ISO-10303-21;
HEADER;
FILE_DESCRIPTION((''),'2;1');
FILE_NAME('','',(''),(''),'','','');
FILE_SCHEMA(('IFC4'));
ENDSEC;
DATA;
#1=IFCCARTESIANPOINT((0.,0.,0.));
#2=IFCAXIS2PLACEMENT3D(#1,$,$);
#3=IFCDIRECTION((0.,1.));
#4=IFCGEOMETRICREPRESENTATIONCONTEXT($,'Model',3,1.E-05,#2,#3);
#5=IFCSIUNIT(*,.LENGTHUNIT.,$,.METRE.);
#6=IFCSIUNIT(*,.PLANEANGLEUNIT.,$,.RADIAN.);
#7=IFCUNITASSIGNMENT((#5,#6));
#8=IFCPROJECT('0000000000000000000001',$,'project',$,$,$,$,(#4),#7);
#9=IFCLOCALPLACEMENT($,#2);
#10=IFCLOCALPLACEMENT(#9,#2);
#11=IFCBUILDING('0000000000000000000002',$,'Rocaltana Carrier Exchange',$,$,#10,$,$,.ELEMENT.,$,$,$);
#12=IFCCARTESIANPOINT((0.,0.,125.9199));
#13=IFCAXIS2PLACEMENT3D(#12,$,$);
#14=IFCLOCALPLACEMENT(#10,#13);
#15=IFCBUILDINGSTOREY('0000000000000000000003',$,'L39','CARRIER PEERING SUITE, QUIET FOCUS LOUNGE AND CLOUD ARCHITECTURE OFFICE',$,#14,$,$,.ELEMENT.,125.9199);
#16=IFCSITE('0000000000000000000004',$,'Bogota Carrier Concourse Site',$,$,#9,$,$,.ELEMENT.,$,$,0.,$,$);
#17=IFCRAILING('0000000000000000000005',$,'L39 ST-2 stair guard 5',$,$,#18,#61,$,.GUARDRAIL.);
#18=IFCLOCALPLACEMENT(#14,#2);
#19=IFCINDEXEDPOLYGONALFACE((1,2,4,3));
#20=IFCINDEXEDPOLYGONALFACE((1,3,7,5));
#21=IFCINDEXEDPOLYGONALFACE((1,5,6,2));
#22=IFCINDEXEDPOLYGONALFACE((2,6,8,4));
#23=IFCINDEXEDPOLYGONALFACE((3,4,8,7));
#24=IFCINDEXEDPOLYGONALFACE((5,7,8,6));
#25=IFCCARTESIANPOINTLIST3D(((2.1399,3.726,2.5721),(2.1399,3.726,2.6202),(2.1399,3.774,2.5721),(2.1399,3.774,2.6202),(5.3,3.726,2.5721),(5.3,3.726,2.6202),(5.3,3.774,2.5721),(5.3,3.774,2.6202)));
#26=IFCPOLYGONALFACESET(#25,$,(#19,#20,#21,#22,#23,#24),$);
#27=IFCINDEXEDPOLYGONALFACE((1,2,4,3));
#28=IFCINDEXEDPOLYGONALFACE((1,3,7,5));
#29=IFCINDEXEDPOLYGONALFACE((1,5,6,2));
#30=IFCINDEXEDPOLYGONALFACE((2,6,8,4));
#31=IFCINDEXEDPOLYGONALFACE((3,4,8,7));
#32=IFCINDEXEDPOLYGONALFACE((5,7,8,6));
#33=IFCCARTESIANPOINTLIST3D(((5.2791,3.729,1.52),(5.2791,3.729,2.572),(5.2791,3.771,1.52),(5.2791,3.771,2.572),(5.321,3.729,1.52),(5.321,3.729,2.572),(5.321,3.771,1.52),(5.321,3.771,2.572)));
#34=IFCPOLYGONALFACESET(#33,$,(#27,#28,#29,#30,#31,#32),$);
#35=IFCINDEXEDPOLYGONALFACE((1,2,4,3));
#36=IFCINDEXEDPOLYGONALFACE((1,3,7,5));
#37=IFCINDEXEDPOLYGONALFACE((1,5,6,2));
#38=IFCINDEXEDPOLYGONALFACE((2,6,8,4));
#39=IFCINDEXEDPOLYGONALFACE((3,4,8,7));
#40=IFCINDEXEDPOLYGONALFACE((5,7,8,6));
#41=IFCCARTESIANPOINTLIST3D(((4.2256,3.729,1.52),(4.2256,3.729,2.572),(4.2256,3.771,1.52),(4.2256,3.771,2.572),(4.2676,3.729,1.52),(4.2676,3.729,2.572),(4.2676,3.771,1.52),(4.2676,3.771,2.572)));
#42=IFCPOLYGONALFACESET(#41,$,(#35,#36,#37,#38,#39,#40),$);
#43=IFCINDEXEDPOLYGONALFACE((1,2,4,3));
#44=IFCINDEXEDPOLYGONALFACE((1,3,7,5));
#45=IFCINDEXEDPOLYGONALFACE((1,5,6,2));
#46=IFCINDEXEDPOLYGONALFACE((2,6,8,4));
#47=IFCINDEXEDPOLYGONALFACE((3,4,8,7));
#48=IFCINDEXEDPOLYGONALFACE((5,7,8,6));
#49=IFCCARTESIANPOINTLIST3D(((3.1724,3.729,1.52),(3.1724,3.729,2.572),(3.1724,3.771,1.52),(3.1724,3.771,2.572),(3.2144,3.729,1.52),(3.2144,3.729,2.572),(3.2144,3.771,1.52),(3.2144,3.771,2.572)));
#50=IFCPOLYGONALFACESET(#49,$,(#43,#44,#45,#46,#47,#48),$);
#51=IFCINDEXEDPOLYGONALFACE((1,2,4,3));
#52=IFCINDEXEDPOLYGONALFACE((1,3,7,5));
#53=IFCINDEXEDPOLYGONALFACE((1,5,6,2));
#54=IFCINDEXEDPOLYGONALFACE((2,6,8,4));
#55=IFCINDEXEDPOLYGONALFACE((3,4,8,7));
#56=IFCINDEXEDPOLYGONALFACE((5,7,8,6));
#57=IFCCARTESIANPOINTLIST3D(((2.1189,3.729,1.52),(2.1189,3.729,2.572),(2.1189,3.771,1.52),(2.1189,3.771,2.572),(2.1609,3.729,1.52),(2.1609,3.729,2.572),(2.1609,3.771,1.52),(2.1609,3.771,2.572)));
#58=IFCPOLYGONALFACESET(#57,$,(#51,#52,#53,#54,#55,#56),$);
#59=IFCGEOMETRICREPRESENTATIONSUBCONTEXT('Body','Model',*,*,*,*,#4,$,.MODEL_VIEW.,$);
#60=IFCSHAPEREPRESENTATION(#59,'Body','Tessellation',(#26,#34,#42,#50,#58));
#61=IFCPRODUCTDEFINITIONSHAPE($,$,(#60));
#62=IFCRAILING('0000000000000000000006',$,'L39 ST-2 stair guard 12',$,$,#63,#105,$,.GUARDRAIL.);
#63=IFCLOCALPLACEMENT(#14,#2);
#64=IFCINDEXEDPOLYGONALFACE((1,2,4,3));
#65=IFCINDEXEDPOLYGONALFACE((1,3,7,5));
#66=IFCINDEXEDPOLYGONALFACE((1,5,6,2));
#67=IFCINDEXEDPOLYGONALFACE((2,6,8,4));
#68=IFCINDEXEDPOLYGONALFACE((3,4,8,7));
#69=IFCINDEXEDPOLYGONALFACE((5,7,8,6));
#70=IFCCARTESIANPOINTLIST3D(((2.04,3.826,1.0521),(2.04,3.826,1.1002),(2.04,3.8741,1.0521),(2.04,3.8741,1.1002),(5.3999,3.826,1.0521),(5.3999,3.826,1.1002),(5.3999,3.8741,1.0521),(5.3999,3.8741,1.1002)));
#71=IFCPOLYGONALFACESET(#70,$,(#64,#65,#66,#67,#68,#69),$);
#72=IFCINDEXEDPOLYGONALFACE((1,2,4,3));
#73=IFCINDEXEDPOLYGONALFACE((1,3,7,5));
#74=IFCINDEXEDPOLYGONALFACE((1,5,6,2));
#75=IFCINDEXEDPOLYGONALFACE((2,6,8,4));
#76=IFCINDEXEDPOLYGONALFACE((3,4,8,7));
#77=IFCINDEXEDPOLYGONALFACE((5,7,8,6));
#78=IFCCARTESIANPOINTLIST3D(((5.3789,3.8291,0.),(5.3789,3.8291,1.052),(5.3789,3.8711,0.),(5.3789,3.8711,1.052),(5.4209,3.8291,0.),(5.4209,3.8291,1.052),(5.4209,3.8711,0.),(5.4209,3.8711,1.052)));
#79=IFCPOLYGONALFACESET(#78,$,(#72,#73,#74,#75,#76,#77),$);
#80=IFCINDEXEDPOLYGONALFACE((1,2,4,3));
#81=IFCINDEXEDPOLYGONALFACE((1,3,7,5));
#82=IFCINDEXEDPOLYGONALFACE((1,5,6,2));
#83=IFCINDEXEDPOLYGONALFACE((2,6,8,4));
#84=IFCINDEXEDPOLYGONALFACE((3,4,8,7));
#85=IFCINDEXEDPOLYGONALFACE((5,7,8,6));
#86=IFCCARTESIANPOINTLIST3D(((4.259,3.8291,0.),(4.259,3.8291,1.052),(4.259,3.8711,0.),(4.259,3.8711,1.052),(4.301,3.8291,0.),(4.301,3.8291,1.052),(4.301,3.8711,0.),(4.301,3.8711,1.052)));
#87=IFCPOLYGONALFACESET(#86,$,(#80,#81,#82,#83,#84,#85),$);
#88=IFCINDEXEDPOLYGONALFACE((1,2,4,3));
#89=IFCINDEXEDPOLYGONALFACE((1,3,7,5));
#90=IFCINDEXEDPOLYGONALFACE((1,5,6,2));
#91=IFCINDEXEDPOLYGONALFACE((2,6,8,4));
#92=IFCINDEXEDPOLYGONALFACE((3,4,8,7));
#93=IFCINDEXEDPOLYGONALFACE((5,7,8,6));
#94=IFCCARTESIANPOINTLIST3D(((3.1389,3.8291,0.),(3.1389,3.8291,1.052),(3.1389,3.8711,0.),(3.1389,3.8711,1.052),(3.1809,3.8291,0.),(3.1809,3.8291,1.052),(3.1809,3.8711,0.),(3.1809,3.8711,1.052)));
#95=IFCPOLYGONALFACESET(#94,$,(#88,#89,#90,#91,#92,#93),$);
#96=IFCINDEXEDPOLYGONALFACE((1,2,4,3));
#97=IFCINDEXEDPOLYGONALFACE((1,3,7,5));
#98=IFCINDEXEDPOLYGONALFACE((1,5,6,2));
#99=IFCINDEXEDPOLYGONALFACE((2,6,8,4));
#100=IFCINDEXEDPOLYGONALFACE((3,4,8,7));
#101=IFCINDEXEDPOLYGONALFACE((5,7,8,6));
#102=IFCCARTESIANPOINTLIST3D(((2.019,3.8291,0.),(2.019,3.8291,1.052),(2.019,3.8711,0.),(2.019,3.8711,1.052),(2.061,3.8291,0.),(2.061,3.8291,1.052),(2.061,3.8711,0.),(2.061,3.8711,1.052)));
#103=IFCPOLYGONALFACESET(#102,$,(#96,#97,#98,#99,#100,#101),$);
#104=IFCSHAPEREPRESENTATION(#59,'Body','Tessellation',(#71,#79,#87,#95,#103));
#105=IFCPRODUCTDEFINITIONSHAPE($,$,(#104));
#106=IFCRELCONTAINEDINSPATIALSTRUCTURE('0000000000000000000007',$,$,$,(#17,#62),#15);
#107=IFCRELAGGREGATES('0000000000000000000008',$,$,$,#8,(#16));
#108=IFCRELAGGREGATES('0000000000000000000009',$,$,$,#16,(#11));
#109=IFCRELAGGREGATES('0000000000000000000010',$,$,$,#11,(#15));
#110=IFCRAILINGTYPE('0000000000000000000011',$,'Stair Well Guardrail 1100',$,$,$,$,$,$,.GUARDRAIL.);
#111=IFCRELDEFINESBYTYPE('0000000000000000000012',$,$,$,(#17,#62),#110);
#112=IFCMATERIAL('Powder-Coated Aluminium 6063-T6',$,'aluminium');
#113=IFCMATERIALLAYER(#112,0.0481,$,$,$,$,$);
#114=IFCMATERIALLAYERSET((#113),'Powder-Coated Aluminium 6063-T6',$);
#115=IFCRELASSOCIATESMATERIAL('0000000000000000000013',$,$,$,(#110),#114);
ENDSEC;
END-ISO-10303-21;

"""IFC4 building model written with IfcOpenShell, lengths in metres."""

from ifc_helpers import new_model, si_unit, direction, frame, origin, origin_2d, place, context, subcontext, project, spatial, rectangle, extrude, material, layer, layer_set, type_object, element, save


model = new_model("IFC4")

# Units and contexts
model_context = context("Model", 3, precision=1e-05, world=origin(), true_north=direction((0.0, 1.0)))
body_context = subcontext(model_context, "Body", "Model", "MODEL_VIEW")
ifc_project = project(units=[si_unit("LENGTHUNIT", "METRE"), si_unit("PLANEANGLEUNIT", "RADIAN")], contexts=[model_context])

# Site, building, storey
site_placement = place(None, origin())
site = spatial("IfcSite", under=ifc_project, at=site_placement, Name="Bogota Carrier Concourse Site", CompositionType="ELEMENT", RefElevation=0.0)
building_placement = place(site_placement, origin())
building = spatial("IfcBuilding", under=site, at=building_placement, Name="Rocaltana Carrier Exchange", CompositionType="ELEMENT")
storey_placement = place(building_placement, frame((0.0, 0.0, 125.9199)))
storey = spatial("IfcBuildingStorey", under=building, at=storey_placement, Name="L39", Description="CARRIER PEERING SUITE, QUIET FOCUS LOUNGE AND CLOUD ARCHITECTURE OFFICE", CompositionType="ELEMENT", Elevation=125.9199)

# Railings
ifc_material_1 = material(Name="Powder-Coated Aluminium 6063-T6", Category="aluminium")
ifc_layer_1 = layer(ifc_material_1, 0.0481)
ifc_layer_set_1 = layer_set([ifc_layer_1], Name="Powder-Coated Aluminium 6063-T6")
railing_type = type_object("IfcRailingType", Name="Stair Well Guardrail 1100", PredefinedType="GUARDRAIL", material=ifc_layer_set_1)
railing_1_placement = place(storey_placement, frame((5.3, 3.75, 1.52)))
element("IfcRailing", 1, at=railing_1_placement, inside=storey, type_object=railing_type, Name="L39 ST-2 stair guard 5", PredefinedType="GUARDRAIL", context=body_context, shape_type="SweptSolid", body=[
    extrude(rectangle(XDim=0.0481, YDim=0.0481, at=origin_2d()), frame((0.0, 0.0, 1.0762), z_axis=(-1.0, 0.0, 0.0), x_axis=(0.0, -1.0, 0.0)), (0.0, 0.0, 1.0), 3.1602),
    extrude(rectangle(XDim=0.042, YDim=0.042, at=origin_2d()), origin(), (0.0, 0.0, 1.0), 1.052),
    extrude(rectangle(XDim=0.042, YDim=0.042, at=origin_2d()), frame((-1.0535, 0.0, 0.0)), (0.0, 0.0, 1.0), 1.052),
    extrude(rectangle(XDim=0.042, YDim=0.042, at=origin_2d()), frame((-2.1067, 0.0, 0.0)), (0.0, 0.0, 1.0), 1.052),
    extrude(rectangle(XDim=0.042, YDim=0.042, at=origin_2d()), frame((-3.1602, 0.0, 0.0)), (0.0, 0.0, 1.0), 1.052),
])
railing_2_placement = place(storey_placement, frame((5.3999, 3.8501, 0.0)))
element("IfcRailing", 2, at=railing_2_placement, inside=storey, type_object=railing_type, Name="L39 ST-2 stair guard 12", PredefinedType="GUARDRAIL", context=body_context, shape_type="SweptSolid", body=[
    extrude(rectangle(XDim=0.0481, YDim=0.0481, at=origin_2d()), frame((0.0, 0.0, 1.0762), z_axis=(-1.0, 0.0, 0.0), x_axis=(0.0, -1.0, 0.0)), (0.0, 0.0, 1.0), 3.3599),
    extrude(rectangle(XDim=0.042, YDim=0.042, at=origin_2d()), origin(), (0.0, 0.0, 1.0), 1.052),
    extrude(rectangle(XDim=0.042, YDim=0.042, at=origin_2d()), frame((-1.1199, 0.0, 0.0)), (0.0, 0.0, 1.0), 1.052),
    extrude(rectangle(XDim=0.042, YDim=0.042, at=origin_2d()), frame((-2.24, 0.0, 0.0)), (0.0, 0.0, 1.0), 1.052),
    extrude(rectangle(XDim=0.042, YDim=0.042, at=origin_2d()), frame((-3.3599, 0.0, 0.0)), (0.0, 0.0, 1.0), 1.052),
])

save(model, "model.ifc")
